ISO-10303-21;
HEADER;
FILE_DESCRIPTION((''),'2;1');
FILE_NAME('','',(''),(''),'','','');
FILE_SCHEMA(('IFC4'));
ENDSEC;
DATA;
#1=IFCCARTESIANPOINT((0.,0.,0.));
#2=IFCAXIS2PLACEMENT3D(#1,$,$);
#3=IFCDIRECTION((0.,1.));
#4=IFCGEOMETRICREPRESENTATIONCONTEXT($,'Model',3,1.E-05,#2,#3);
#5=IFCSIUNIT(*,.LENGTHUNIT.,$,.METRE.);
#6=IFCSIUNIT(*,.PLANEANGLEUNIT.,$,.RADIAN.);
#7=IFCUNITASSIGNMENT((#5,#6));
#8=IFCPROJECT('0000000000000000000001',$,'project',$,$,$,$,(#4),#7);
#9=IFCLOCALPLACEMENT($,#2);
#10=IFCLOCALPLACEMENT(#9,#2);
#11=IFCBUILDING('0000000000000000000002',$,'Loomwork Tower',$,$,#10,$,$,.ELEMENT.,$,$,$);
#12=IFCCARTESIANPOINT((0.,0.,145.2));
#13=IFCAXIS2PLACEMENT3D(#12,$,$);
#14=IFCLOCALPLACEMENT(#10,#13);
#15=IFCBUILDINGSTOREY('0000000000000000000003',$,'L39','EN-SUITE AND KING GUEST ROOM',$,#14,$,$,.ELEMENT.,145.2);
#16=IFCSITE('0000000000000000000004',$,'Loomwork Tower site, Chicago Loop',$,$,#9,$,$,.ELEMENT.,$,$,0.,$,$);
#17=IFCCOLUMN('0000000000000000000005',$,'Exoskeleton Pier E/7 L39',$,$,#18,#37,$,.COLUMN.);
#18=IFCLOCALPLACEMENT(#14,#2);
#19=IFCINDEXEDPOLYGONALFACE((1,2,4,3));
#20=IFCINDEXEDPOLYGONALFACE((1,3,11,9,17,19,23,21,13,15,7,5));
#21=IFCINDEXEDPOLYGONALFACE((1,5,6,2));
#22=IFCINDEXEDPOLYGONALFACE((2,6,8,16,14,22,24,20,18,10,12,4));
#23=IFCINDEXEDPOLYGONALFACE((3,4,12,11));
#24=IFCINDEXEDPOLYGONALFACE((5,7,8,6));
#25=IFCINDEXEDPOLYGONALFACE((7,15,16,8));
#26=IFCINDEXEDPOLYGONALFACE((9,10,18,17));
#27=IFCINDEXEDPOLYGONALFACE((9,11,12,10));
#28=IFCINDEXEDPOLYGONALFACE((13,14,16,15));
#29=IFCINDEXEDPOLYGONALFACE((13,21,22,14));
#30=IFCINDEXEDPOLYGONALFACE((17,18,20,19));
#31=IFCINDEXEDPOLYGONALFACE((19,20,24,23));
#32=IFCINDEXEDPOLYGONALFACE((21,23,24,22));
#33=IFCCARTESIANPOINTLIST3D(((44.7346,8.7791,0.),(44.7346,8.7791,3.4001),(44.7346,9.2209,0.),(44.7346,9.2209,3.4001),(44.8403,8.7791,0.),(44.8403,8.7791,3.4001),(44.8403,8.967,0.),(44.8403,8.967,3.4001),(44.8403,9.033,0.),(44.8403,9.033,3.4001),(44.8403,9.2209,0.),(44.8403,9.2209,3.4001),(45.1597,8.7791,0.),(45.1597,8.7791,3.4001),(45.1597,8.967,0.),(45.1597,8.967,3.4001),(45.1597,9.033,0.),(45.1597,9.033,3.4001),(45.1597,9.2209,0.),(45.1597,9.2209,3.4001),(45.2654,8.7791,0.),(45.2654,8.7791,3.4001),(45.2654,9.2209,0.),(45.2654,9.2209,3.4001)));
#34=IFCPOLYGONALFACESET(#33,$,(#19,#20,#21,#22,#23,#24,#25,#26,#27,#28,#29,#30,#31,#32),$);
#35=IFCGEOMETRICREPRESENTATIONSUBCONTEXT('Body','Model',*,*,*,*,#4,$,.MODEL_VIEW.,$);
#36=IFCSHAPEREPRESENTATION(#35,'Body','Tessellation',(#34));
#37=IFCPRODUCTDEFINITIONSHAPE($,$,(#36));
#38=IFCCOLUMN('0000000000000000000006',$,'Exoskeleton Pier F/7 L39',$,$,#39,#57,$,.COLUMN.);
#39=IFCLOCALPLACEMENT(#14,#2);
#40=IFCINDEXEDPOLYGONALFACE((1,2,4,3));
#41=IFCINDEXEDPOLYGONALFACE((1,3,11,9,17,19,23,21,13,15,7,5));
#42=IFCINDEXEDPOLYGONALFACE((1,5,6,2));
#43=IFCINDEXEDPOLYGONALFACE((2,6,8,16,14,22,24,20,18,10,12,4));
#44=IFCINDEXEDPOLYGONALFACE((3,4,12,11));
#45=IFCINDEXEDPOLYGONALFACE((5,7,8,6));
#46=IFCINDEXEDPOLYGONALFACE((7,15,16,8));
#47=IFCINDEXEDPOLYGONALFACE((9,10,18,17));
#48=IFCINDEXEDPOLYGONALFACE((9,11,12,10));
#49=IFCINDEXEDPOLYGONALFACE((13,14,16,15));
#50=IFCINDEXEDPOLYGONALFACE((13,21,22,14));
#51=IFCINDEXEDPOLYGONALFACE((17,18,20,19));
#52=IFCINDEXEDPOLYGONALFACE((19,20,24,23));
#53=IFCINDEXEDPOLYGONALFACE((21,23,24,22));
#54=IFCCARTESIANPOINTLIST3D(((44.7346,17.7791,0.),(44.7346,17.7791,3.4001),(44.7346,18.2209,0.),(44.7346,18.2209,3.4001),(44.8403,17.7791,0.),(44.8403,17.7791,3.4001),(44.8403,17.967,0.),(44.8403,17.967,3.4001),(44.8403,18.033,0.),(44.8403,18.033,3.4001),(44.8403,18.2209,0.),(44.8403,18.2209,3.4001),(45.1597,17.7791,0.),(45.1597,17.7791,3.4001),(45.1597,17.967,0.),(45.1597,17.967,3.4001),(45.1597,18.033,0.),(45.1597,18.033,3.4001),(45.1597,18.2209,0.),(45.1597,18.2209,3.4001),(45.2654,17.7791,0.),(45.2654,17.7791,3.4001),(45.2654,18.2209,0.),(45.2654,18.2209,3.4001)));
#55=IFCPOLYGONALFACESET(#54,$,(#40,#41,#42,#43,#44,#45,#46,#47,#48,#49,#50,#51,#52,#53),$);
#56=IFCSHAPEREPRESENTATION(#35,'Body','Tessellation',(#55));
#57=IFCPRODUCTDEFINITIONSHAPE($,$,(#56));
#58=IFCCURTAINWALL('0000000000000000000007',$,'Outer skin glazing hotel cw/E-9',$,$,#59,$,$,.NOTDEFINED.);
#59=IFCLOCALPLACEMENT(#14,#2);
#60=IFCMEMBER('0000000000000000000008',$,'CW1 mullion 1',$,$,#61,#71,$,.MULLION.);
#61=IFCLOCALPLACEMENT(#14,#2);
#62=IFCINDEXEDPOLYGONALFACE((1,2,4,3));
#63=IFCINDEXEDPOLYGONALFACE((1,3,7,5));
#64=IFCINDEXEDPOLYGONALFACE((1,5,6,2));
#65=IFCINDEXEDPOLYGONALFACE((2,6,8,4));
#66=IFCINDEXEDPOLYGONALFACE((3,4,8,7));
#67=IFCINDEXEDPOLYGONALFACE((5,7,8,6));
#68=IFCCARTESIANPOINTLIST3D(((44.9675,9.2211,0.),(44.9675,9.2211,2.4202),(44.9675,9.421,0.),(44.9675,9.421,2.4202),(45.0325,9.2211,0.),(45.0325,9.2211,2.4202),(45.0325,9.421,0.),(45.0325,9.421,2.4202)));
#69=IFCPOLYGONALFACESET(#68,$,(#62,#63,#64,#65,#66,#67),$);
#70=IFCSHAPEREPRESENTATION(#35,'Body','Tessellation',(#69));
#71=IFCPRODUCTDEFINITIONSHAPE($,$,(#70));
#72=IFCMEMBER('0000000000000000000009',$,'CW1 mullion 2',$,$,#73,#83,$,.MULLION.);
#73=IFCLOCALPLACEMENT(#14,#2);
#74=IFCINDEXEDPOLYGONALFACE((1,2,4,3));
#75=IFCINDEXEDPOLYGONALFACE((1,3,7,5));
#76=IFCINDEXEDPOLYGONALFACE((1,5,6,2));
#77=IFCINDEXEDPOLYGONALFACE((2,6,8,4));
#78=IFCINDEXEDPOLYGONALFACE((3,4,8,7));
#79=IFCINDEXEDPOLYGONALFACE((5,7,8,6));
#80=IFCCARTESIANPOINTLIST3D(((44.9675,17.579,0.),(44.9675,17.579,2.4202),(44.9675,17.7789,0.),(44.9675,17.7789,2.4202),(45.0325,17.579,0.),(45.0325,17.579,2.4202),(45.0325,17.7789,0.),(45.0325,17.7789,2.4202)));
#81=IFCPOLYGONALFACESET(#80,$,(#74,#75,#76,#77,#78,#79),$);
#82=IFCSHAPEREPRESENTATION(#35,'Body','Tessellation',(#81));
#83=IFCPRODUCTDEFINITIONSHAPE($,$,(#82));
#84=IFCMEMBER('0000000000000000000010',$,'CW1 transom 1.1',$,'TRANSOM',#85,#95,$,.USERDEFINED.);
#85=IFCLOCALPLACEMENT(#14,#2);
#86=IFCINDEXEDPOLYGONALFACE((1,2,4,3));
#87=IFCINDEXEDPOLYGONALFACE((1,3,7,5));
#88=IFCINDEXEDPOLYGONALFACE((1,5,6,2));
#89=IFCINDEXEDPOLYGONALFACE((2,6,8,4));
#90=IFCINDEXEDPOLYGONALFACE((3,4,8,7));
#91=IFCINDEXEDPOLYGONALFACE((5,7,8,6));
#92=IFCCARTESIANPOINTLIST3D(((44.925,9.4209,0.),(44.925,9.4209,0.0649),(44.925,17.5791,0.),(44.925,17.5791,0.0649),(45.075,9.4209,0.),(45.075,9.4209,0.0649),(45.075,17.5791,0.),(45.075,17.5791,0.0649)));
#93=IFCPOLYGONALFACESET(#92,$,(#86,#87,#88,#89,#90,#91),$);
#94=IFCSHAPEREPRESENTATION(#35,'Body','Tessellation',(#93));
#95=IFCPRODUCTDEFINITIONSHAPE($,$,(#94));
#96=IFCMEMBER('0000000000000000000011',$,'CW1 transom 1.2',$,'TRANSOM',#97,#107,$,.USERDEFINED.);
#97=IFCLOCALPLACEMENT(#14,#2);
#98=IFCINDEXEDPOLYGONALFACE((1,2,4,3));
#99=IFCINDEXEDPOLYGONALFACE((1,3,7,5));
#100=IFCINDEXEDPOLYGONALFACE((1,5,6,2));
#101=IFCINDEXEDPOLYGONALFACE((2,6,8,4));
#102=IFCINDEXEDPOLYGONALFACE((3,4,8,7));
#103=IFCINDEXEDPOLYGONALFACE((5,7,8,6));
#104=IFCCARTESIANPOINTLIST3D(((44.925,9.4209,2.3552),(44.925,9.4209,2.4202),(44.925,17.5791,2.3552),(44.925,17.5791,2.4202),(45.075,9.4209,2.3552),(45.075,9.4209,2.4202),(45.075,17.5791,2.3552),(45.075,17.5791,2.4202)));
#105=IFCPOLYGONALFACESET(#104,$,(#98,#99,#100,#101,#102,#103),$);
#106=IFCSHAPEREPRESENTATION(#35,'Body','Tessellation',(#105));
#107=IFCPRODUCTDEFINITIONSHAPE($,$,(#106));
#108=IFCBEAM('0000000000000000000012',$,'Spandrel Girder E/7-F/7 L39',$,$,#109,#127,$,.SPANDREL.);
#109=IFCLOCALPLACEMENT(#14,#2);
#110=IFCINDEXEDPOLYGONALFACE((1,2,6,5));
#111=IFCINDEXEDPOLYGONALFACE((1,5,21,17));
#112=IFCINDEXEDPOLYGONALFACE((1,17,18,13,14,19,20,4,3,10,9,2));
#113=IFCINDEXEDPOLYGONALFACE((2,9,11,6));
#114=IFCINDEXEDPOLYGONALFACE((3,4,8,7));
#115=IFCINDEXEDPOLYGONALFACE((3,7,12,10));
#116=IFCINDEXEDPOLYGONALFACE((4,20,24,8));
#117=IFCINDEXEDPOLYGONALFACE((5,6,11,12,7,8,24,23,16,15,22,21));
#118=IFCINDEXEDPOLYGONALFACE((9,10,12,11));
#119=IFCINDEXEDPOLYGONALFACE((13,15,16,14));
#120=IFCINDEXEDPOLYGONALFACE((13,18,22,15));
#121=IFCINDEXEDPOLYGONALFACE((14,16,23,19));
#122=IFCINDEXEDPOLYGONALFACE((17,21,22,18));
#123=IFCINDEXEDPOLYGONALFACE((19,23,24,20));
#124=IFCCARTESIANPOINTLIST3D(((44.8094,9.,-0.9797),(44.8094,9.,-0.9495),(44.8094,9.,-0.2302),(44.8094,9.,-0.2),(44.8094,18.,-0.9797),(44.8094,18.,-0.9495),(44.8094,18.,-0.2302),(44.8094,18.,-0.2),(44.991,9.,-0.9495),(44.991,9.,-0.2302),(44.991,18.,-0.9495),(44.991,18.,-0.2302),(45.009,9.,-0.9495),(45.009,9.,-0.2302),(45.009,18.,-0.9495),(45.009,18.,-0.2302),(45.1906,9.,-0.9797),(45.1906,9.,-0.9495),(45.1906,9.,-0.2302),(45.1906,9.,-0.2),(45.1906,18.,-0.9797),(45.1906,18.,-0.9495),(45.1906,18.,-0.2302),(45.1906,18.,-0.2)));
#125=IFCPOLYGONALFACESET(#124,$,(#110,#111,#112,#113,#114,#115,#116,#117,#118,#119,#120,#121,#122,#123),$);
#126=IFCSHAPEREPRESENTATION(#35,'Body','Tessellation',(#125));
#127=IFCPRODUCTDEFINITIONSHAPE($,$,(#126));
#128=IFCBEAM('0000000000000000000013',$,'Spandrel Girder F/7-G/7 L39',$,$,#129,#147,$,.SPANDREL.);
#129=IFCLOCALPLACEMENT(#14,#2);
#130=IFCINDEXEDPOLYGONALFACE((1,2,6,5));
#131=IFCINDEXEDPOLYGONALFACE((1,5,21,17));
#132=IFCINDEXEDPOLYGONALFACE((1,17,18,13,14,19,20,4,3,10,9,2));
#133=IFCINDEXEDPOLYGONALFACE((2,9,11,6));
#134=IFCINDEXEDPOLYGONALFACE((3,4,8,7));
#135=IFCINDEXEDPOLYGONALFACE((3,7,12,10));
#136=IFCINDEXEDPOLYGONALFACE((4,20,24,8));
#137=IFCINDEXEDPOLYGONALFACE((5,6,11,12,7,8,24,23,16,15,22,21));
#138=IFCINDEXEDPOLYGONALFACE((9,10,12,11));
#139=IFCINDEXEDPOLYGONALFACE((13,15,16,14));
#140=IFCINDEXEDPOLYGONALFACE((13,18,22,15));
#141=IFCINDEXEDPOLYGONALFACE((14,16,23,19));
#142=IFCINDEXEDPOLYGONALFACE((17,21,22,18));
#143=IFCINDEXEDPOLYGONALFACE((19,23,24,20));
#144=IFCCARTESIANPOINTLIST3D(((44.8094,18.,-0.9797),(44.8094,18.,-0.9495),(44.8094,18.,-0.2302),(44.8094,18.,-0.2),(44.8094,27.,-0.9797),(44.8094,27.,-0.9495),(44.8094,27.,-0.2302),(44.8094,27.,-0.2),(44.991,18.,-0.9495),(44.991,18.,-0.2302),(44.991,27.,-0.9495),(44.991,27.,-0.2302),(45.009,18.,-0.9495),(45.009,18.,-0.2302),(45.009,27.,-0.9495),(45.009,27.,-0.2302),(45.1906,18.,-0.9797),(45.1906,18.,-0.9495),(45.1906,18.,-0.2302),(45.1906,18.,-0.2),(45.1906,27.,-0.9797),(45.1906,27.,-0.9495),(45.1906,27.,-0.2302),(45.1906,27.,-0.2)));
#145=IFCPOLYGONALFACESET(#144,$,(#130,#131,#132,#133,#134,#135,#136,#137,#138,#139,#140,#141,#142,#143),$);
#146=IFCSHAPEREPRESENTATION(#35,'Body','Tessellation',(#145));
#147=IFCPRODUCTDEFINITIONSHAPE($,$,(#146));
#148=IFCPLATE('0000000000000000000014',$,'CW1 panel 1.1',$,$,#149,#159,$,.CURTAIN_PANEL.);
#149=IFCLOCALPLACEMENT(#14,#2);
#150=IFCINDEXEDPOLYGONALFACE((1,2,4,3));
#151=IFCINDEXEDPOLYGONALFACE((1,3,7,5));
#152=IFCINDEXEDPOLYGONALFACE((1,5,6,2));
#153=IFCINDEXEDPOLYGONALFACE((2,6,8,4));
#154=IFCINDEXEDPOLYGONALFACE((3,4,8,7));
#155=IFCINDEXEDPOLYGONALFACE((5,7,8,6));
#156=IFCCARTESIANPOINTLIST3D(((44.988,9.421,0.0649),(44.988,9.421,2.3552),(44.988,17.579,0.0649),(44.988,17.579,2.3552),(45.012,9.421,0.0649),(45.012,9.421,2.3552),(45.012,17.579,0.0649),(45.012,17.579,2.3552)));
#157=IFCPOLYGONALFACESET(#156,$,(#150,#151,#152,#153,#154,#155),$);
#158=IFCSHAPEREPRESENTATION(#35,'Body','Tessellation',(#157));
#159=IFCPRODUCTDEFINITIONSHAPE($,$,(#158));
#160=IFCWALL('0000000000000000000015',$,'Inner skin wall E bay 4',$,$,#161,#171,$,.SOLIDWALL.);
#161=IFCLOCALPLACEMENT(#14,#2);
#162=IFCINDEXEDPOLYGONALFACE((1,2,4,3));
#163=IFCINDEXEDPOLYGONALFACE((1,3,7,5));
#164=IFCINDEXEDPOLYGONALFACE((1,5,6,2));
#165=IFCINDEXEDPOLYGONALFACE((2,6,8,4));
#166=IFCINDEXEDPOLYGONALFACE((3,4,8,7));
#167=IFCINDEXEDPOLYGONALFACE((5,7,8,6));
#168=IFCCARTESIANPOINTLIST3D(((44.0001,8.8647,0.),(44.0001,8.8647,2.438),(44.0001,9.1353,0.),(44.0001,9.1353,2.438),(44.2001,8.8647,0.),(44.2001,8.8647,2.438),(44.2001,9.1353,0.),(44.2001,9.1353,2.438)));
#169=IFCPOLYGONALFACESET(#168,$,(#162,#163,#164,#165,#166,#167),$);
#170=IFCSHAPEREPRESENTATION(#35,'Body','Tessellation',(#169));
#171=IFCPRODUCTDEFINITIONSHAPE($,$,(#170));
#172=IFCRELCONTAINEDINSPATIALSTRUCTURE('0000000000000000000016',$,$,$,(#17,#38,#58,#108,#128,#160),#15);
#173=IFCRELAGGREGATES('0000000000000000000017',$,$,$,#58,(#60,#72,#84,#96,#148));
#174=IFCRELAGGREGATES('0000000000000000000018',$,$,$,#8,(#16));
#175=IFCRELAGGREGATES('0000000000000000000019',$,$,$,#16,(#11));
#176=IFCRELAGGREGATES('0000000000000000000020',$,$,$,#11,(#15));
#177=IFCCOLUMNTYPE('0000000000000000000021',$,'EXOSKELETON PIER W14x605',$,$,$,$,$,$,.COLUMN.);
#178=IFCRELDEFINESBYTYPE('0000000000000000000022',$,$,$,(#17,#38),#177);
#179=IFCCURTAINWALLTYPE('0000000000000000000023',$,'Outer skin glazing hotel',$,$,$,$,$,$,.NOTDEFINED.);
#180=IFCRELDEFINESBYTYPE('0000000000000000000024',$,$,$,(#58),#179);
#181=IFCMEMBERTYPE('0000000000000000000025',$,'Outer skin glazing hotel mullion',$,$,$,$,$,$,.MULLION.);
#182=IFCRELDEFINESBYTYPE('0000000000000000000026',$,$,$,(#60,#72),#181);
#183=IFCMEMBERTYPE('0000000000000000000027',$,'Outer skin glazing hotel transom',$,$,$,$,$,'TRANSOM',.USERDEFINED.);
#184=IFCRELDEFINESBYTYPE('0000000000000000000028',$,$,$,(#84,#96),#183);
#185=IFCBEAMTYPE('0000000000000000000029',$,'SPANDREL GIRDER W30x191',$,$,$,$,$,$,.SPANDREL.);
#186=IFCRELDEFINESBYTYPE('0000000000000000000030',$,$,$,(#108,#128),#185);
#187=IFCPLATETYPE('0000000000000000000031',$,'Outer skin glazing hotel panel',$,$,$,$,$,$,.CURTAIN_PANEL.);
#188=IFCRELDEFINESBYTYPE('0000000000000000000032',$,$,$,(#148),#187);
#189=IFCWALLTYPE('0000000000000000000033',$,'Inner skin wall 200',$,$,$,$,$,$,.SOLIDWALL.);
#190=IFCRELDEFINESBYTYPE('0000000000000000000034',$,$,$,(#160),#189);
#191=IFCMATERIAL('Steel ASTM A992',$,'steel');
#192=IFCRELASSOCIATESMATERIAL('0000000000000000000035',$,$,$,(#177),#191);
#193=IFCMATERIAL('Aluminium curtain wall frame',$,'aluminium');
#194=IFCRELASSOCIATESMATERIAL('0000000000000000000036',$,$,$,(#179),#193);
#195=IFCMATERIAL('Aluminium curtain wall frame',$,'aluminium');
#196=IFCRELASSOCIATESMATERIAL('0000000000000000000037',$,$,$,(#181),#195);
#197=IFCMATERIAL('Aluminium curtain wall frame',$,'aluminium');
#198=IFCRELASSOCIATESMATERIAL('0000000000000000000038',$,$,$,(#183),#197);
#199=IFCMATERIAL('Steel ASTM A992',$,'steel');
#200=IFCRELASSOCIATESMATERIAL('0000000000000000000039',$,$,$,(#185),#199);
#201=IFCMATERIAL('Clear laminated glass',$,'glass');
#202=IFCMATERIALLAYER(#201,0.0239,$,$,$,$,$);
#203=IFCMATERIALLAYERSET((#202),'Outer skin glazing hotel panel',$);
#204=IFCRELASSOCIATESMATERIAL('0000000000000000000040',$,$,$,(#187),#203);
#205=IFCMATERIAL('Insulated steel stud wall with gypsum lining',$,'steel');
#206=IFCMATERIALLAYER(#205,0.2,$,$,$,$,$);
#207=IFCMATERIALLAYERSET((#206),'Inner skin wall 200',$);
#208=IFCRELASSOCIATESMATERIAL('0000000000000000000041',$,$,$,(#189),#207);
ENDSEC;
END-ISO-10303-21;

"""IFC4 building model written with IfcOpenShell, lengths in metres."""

from ifc_helpers import new_model, si_unit, direction, frame, frame_2d, origin, origin_2d, place, context, subcontext, project, spatial, rectangle, i_section, extrude, material, layer, layer_set, material_profile, profile_set, type_object, element, aggregate, save


model = new_model("IFC4")

# Units and contexts
model_context = context("Model", 3, precision=1e-05, world=origin(), true_north=direction((0.0, 1.0)))
body_context = subcontext(model_context, "Body", "Model", "MODEL_VIEW")
ifc_project = project(units=[si_unit("LENGTHUNIT", "METRE"), si_unit("PLANEANGLEUNIT", "RADIAN")], contexts=[model_context])

# Site, building, storey
site_placement = place(None, origin())
site = spatial("IfcSite", under=ifc_project, at=site_placement, Name="Loomwork Tower site, Chicago Loop", CompositionType="ELEMENT", RefElevation=0.0)
building_placement = place(site_placement, origin())
building = spatial("IfcBuilding", under=site, at=building_placement, Name="Loomwork Tower", CompositionType="ELEMENT")
storey_placement = place(building_placement, frame((0.0, 0.0, 145.2)))
storey = spatial("IfcBuildingStorey", under=building, at=storey_placement, Name="L39", Description="EN-SUITE AND KING GUEST ROOM", CompositionType="ELEMENT", Elevation=145.2)

# Columns
ifc_material_1 = material(Name="Steel ASTM A992", Category="steel")
ifc_material_profile_1 = material_profile(ifc_material_1, i_section(OverallWidth=0.4419, OverallDepth=0.5308, WebThickness=0.0659, FlangeThickness=0.1057, at=origin_2d()), Name="W14x605")
ifc_profile_set_1 = profile_set([ifc_material_profile_1], Name="Steel ASTM A992")
column_type = type_object("IfcColumnType", Name="EXOSKELETON PIER W14x605", PredefinedType="COLUMN", material=ifc_profile_set_1)
for number, where, z_axis, x_axis, name in (
    (1, (45.0, 9.0, 0.0), (0.0, 0.0, 1.0), (0.0, 1.0, 0.0), "Exoskeleton Pier E/7 L39"),
    (2, (45.0, 18.0, 0.0), (0.0, 0.0, 1.0), (0.0, 1.0, 0.0), "Exoskeleton Pier F/7 L39"),
):
    element("IfcColumn", number, at=place(storey_placement, frame(where, z_axis=z_axis, x_axis=x_axis)), inside=storey, type_object=column_type, Name=name, PredefinedType="COLUMN", context=body_context, shape_type="SweptSolid", body=[
        extrude(i_section(OverallWidth=0.4419, OverallDepth=0.5308, WebThickness=0.0659, FlangeThickness=0.1057, at=origin_2d()), origin(), (0.0, 0.0, 1.0), 3.4001),
    ])

# Curtain wall, members
ifc_material_2 = material(Name="Aluminium curtain wall frame", Category="aluminium")
curtain_wall_type = type_object("IfcCurtainWallType", Name="Outer skin glazing hotel", PredefinedType="NOTDEFINED", material=ifc_material_2)
curtain_wall_placement = place(storey_placement, origin())
curtain_wall = element("IfcCurtainWall", 3, at=curtain_wall_placement, inside=storey, type_object=curtain_wall_type, Name="Outer skin glazing hotel cw/E-9", PredefinedType="NOTDEFINED")
ifc_material_3 = material(Name="Aluminium curtain wall frame", Category="aluminium")
ifc_material_profile_2 = material_profile(ifc_material_3, rectangle(XDim=0.0649, YDim=0.2, at=origin_2d()), Name="AL 65x200")
ifc_profile_set_2 = profile_set([ifc_material_profile_2], Name="Aluminium curtain wall frame")
member_type_1 = type_object("IfcMemberType", Name="Outer skin glazing hotel mullion", PredefinedType="MULLION", material=ifc_profile_set_2)
member_1_placement = place(storey_placement, frame((45.0, 9.321, 0.0), z_axis=(0.0, 0.0, 1.0), x_axis=(-1.0, 0.0, 0.0)))
member_1 = element("IfcMember", 4, at=member_1_placement, type_object=member_type_1, Name="CW1 mullion 1", PredefinedType="MULLION", context=body_context, shape_type="SweptSolid", body=[
    extrude(rectangle(XDim=0.0649, YDim=0.2, at=origin_2d()), origin(), (0.0, 0.0, 1.0), 2.4202),
])
member_2_placement = place(storey_placement, frame((45.0, 17.679, 0.0), z_axis=(0.0, 0.0, 1.0), x_axis=(-1.0, 0.0, 0.0)))
member_2 = element("IfcMember", 5, at=member_2_placement, type_object=member_type_1, Name="CW1 mullion 2", PredefinedType="MULLION", context=body_context, shape_type="SweptSolid", body=[
    extrude(rectangle(XDim=0.0649, YDim=0.2, at=origin_2d()), origin(), (0.0, 0.0, 1.0), 2.4202),
])
ifc_material_4 = material(Name="Aluminium curtain wall frame", Category="aluminium")
ifc_material_profile_3 = material_profile(ifc_material_4, rectangle(XDim=0.1499, YDim=0.0649, at=origin_2d()), Name="AL 65x150")
ifc_profile_set_3 = profile_set([ifc_material_profile_3], Name="Aluminium curtain wall frame")
member_type_2 = type_object("IfcMemberType", Name="Outer skin glazing hotel transom", ElementType="TRANSOM", PredefinedType="USERDEFINED", material=ifc_profile_set_3)
member_3_placement = place(storey_placement, frame((45.0, 9.4209, 0.0325), z_axis=(0.0, 1.0, 0.0), x_axis=(-1.0, 0.0, 0.0)))
member_3 = element("IfcMember", 6, at=member_3_placement, type_object=member_type_2, Name="CW1 transom 1.1", ObjectType="TRANSOM", PredefinedType="USERDEFINED", context=body_context, shape_type="SweptSolid", body=[
    extrude(rectangle(XDim=0.1499, YDim=0.0649, at=origin_2d()), origin(), (0.0, 0.0, 1.0), 8.1582),
])
member_4_placement = place(storey_placement, frame((45.0, 9.4209, 2.3877), z_axis=(0.0, 1.0, 0.0), x_axis=(-1.0, 0.0, 0.0)))
member_4 = element("IfcMember", 7, at=member_4_placement, type_object=member_type_2, Name="CW1 transom 1.2", ObjectType="TRANSOM", PredefinedType="USERDEFINED", context=body_context, shape_type="SweptSolid", body=[
    extrude(rectangle(XDim=0.1499, YDim=0.0649, at=origin_2d()), origin(), (0.0, 0.0, 1.0), 8.1582),
])

# Beams
ifc_material_5 = material(Name="Steel ASTM A992", Category="steel")
ifc_material_profile_4 = material_profile(ifc_material_5, i_section(OverallWidth=0.3811, OverallDepth=0.7798, WebThickness=0.0181, FlangeThickness=0.0303, at=origin_2d()), Name="W30x191")
ifc_profile_set_4 = profile_set([ifc_material_profile_4], Name="Steel ASTM A992")
beam_type = type_object("IfcBeamType", Name="SPANDREL GIRDER W30x191", PredefinedType="SPANDREL", material=ifc_profile_set_4)
for number, where, z_axis, x_axis, name in (
    (8, (45.0, 9.0, -0.5898), (0.0, 1.0, 0.0), (-1.0, 0.0, 0.0), "Spandrel Girder E/7-F/7 L39"),
    (9, (45.0, 18.0, -0.5898), (0.0, 1.0, 0.0), (-1.0, 0.0, 0.0), "Spandrel Girder F/7-G/7 L39"),
):
    element("IfcBeam", number, at=place(storey_placement, frame(where, z_axis=z_axis, x_axis=x_axis)), inside=storey, type_object=beam_type, Name=name, PredefinedType="SPANDREL", context=body_context, shape_type="SweptSolid", body=[
        extrude(i_section(OverallWidth=0.3811, OverallDepth=0.7798, WebThickness=0.0181, FlangeThickness=0.0303, at=origin_2d()), origin(), (0.0, 0.0, 1.0), 9.0),
    ])

# Plate
ifc_material_6 = material(Name="Clear laminated glass", Category="glass")
ifc_layer_1 = layer(ifc_material_6, 0.0239)
ifc_layer_set_1 = layer_set([ifc_layer_1], Name="Outer skin glazing hotel panel")
plate_type = type_object("IfcPlateType", Name="Outer skin glazing hotel panel", PredefinedType="CURTAIN_PANEL", material=ifc_layer_set_1)
plate_placement = place(storey_placement, frame((45.0, 13.5, 0.0649), z_axis=(0.0, 0.0, 1.0), x_axis=(0.0, 1.0, 0.0)))
plate = element("IfcPlate", 10, at=plate_placement, type_object=plate_type, Name="CW1 panel 1.1", PredefinedType="CURTAIN_PANEL", context=body_context, shape_type="SweptSolid", body=[
    extrude(rectangle(XDim=8.158, YDim=0.0239, at=origin_2d()), origin(), (0.0, 0.0, 1.0), 2.2903),
])
aggregate(curtain_wall, [member_1, member_2, member_3, member_4, plate])

# Wall
ifc_material_7 = material(Name="Insulated steel stud wall with gypsum lining", Category="steel")
ifc_layer_2 = layer(ifc_material_7, 0.2)
ifc_layer_set_2 = layer_set([ifc_layer_2], Name="Inner skin wall 200")
wall_type = type_object("IfcWallType", Name="Inner skin wall 200", PredefinedType="SOLIDWALL", material=ifc_layer_set_2)
wall_1_placement = place(storey_placement, frame((44.1001, 8.8647, 0.0), z_axis=(0.0, 0.0, 1.0), x_axis=(0.0, 1.0, 0.0)))
element("IfcWall", 11, at=wall_1_placement, inside=storey, type_object=wall_type, Name="Inner skin wall E bay 4", PredefinedType="SOLIDWALL", context=body_context, shape_type="SweptSolid", body=[
    extrude(rectangle(XDim=0.2705, YDim=0.2, at=frame_2d((0.1353, 0.0))), origin(), (0.0, 0.0, 1.0), 2.438),
])

save(model, "model.ifc")
